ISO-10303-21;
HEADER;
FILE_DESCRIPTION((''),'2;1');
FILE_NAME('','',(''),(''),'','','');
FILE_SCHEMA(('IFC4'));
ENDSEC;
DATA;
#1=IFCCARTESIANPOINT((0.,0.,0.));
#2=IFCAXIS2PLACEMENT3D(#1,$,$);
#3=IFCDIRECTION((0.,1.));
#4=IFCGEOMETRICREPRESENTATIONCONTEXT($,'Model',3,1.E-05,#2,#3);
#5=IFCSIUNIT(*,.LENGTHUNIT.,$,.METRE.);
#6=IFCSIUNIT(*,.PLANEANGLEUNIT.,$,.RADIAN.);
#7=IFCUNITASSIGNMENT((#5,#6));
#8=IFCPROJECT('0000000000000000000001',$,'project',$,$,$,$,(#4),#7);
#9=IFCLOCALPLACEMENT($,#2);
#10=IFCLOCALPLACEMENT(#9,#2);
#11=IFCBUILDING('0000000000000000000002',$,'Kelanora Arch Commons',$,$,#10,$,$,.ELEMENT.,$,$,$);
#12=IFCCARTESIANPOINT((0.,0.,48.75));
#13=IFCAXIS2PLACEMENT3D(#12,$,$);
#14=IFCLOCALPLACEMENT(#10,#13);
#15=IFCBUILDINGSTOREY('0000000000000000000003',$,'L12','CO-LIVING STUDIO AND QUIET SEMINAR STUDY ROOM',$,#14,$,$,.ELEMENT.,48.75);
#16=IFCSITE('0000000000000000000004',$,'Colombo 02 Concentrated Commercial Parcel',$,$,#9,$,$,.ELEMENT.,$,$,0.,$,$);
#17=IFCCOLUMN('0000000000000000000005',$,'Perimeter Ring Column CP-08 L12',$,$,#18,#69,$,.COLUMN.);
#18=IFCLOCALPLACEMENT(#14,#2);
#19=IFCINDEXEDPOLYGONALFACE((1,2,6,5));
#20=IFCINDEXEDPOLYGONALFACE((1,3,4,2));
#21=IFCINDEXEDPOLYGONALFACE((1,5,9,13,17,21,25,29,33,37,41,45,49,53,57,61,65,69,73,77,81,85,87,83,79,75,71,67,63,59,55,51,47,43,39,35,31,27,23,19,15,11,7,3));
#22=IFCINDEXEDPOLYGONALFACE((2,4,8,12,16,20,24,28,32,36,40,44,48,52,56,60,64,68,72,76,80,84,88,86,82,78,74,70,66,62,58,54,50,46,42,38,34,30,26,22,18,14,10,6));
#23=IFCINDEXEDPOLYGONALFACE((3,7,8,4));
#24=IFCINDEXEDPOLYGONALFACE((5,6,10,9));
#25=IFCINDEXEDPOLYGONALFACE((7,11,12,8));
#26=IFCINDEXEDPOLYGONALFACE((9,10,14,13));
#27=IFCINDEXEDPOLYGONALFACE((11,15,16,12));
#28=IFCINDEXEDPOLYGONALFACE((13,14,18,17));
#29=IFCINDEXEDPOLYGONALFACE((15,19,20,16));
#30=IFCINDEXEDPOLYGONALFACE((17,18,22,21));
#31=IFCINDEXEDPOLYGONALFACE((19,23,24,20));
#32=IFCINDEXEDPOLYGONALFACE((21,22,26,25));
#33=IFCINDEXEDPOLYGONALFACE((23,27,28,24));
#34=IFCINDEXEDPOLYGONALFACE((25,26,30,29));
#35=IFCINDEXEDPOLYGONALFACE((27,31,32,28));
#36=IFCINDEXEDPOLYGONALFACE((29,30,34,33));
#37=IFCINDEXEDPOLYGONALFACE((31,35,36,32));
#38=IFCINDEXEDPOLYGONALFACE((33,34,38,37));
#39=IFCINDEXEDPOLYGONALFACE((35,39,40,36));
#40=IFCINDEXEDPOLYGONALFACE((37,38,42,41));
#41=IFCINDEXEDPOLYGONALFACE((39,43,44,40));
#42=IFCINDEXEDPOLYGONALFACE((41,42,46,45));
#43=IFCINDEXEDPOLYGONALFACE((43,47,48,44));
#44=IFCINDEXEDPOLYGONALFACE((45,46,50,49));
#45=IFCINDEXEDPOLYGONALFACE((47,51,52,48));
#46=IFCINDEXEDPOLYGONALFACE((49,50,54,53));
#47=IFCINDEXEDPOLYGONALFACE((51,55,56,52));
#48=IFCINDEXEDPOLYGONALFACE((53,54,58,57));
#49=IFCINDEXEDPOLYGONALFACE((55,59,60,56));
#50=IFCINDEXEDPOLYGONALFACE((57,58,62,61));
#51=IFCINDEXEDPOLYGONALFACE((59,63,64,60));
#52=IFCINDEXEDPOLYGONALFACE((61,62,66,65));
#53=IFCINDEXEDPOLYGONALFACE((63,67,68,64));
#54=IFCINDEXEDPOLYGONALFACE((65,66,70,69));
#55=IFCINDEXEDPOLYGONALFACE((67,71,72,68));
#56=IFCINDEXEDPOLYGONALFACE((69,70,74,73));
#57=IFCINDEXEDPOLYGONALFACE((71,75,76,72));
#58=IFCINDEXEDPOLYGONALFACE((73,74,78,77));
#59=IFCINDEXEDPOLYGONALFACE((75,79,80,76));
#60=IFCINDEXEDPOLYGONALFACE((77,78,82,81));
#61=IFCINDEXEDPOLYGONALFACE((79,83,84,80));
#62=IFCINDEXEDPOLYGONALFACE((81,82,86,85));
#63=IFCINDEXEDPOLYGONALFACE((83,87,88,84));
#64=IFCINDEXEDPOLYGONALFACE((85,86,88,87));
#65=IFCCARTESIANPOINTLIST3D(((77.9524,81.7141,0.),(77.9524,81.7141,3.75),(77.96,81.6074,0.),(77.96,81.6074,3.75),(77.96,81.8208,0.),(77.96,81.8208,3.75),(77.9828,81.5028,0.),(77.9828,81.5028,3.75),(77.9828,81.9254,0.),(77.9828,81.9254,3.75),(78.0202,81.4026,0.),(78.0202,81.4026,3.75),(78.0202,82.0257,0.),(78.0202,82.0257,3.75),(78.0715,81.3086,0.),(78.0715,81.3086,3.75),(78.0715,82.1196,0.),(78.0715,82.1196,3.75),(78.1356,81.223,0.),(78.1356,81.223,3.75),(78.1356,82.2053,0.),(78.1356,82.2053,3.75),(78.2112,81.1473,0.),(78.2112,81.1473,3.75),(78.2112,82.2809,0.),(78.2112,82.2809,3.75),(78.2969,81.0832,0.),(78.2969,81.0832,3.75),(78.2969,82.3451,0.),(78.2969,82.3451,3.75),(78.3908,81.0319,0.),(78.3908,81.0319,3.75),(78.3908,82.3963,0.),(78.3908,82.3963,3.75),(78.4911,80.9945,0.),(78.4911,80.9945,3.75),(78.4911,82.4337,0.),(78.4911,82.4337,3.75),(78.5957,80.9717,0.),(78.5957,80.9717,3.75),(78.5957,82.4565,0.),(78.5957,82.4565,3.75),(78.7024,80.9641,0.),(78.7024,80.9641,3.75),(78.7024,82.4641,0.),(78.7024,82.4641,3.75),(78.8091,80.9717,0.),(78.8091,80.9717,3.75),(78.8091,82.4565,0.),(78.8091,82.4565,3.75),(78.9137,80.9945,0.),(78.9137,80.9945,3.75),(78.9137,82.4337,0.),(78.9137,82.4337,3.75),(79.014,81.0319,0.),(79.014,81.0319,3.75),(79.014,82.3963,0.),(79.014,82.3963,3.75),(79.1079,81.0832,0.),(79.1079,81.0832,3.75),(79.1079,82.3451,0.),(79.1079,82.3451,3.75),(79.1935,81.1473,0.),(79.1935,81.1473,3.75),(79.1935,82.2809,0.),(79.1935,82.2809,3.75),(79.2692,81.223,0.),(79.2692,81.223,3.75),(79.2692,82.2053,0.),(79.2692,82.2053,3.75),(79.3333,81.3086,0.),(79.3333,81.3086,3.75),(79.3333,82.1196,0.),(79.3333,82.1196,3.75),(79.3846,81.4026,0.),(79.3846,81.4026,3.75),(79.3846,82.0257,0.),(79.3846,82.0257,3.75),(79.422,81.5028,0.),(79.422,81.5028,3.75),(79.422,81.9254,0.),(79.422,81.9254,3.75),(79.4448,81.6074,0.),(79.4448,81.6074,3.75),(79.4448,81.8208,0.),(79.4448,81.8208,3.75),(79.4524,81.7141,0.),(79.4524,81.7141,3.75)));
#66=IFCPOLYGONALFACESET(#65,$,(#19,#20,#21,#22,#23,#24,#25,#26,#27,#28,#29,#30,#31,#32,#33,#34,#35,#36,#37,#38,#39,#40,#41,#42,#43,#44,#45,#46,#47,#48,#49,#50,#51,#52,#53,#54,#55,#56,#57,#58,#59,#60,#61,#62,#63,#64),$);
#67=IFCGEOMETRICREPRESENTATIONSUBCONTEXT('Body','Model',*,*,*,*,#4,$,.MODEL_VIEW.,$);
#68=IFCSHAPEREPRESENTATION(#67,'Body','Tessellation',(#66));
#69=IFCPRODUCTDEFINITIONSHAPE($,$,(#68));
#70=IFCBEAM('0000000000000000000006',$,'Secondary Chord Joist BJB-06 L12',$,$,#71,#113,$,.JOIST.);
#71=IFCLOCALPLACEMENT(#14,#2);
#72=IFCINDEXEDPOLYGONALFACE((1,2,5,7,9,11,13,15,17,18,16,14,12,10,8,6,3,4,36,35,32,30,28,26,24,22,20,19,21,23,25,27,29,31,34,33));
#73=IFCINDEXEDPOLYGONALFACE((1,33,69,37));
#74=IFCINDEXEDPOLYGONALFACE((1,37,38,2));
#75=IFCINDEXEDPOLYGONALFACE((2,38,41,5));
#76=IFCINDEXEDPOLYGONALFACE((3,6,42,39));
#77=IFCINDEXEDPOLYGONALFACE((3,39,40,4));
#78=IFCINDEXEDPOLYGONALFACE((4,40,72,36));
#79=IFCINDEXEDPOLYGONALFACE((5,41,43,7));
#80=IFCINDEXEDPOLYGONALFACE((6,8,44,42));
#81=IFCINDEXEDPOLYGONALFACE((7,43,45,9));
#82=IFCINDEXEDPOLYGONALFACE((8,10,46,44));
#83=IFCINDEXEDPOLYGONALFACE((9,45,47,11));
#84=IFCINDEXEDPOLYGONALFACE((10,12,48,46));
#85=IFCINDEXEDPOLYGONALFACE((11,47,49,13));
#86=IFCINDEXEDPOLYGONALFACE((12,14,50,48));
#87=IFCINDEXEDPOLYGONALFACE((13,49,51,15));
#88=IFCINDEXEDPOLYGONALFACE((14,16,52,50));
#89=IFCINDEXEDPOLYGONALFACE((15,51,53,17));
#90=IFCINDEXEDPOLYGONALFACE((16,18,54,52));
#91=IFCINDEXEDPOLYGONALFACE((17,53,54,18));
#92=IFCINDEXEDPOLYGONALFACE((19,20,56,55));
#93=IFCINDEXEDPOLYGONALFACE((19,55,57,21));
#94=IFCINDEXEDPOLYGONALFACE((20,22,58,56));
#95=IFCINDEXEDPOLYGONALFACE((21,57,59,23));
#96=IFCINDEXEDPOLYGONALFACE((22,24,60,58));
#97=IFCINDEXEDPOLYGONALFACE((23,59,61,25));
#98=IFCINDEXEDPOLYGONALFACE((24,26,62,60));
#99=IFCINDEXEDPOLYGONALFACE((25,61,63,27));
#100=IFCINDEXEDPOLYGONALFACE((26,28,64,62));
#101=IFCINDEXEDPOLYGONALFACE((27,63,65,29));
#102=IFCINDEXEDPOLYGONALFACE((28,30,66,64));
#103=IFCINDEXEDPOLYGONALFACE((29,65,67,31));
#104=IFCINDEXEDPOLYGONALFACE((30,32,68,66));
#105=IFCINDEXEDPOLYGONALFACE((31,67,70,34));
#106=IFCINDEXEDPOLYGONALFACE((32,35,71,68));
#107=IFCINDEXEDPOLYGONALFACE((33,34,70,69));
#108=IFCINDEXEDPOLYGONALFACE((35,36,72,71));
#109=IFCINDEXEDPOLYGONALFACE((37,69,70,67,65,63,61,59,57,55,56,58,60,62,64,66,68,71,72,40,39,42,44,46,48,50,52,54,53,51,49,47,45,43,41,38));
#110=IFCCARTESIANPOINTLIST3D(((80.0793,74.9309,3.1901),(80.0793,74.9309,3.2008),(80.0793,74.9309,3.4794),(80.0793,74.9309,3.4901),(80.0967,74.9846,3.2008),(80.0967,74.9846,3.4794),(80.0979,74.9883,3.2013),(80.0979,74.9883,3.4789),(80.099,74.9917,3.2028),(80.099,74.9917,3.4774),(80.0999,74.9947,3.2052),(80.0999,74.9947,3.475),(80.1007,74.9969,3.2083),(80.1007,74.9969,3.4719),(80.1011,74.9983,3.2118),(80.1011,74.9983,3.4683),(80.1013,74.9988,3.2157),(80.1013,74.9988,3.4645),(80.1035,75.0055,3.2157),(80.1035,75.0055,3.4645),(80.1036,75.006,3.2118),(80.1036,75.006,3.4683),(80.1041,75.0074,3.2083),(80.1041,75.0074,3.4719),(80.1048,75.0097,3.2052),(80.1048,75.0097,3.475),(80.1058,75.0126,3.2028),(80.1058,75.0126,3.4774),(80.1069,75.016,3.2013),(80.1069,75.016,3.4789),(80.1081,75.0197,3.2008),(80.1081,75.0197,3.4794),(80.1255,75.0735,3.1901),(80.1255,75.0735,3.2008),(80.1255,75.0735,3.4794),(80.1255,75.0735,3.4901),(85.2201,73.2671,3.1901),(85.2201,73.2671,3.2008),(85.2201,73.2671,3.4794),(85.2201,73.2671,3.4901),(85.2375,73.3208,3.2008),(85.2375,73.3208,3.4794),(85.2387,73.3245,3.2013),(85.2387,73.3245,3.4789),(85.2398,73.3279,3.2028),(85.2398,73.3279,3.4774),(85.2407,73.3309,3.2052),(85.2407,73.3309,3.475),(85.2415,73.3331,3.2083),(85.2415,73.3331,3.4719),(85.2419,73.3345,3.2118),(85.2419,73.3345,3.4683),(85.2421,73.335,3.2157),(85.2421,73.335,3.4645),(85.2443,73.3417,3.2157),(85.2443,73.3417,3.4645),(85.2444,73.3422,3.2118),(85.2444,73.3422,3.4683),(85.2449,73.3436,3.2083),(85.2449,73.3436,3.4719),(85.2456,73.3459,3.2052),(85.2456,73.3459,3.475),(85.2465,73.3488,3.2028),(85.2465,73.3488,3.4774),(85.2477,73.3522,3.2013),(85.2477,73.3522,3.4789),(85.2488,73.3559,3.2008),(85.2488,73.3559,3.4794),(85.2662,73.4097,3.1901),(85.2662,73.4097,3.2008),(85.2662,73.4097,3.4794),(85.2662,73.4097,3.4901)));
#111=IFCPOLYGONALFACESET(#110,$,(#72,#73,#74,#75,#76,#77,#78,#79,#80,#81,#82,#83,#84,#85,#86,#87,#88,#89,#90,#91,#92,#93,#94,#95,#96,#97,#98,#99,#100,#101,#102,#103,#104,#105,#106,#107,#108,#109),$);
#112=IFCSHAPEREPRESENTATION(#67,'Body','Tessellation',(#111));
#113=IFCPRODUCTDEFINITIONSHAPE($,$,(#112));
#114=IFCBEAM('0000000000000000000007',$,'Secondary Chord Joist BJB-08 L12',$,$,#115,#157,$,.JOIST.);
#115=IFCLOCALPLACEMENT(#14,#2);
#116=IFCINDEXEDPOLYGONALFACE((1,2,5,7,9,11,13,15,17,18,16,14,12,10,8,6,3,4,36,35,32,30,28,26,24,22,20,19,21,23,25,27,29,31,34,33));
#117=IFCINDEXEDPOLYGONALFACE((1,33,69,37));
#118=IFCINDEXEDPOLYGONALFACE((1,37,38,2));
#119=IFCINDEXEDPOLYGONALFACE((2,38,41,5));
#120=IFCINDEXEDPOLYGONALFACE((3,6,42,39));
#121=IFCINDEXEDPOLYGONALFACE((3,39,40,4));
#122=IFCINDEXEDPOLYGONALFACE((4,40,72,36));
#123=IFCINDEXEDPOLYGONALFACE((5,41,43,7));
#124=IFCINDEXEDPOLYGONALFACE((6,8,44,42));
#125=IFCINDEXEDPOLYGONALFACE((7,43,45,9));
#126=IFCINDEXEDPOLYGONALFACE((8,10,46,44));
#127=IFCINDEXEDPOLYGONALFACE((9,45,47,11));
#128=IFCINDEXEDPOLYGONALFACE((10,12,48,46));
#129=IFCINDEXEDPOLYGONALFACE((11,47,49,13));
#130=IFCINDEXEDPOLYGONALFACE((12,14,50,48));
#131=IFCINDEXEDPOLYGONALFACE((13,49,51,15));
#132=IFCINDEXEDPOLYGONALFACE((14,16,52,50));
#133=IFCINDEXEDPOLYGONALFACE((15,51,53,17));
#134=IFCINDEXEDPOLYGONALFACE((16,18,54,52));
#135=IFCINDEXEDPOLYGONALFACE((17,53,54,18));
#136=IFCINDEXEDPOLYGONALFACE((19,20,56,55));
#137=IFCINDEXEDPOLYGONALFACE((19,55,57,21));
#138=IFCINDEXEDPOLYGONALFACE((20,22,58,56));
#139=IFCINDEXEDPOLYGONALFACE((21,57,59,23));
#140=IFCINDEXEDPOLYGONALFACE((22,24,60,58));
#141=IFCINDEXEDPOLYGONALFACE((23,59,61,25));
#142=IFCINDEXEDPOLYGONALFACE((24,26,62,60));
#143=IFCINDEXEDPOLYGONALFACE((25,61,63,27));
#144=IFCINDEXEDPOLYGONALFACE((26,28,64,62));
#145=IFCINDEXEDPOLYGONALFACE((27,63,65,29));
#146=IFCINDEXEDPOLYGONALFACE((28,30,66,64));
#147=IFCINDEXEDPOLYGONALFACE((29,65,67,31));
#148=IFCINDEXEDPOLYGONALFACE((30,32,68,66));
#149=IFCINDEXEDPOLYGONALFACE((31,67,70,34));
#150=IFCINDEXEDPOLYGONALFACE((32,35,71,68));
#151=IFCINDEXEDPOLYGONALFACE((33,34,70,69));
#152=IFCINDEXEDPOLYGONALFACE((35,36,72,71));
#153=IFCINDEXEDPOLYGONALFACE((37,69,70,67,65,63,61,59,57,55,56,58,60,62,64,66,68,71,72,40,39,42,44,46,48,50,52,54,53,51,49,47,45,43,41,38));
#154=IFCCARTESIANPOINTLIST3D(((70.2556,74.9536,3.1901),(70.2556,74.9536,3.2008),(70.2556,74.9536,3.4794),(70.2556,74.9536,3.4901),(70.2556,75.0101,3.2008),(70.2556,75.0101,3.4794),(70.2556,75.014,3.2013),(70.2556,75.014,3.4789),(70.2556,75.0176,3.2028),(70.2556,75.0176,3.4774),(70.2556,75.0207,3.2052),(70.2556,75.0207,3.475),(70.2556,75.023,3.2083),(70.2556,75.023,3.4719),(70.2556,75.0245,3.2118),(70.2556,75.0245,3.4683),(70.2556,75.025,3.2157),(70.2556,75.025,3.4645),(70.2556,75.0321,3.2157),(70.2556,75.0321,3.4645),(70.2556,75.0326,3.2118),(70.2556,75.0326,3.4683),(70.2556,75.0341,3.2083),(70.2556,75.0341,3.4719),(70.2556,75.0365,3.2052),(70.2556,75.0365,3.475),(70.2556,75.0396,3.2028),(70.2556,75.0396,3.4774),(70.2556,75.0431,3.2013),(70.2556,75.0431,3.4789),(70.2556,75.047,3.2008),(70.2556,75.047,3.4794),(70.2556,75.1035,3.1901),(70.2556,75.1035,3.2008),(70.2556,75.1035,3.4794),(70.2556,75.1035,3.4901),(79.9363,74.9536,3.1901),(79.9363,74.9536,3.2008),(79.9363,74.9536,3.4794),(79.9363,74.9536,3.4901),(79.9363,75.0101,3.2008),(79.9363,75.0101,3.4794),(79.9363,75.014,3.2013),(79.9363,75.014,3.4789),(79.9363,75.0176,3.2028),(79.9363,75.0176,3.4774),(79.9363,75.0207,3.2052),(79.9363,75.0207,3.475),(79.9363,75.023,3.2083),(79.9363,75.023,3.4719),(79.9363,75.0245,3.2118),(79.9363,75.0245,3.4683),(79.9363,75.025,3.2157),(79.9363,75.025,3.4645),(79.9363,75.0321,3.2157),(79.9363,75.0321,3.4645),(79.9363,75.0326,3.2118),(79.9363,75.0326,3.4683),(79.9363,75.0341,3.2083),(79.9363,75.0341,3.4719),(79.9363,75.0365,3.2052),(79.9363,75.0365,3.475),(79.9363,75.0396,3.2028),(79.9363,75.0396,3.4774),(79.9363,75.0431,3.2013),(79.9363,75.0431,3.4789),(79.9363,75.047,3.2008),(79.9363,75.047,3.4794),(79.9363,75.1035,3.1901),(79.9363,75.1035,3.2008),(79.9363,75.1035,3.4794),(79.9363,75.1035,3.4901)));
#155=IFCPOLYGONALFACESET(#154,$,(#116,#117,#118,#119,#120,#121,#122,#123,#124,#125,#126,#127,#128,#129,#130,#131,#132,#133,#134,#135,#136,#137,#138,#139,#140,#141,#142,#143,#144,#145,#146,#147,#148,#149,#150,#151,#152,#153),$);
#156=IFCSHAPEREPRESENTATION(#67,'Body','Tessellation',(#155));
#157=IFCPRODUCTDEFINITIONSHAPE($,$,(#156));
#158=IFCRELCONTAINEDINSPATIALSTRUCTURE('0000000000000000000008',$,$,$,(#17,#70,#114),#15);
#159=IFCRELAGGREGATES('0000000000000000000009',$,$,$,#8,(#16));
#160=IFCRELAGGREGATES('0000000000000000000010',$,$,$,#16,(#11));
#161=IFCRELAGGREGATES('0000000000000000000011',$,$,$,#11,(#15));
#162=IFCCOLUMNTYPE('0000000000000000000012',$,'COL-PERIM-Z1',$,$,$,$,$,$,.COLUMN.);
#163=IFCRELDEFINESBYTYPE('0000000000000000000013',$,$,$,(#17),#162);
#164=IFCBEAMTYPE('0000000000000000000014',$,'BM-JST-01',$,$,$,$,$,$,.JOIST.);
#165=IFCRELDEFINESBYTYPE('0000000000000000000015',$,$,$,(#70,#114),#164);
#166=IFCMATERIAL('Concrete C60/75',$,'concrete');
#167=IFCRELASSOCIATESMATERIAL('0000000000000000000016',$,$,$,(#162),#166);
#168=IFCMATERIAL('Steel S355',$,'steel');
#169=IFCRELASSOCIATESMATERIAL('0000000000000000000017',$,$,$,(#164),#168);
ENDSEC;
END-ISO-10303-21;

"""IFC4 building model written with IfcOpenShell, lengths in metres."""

from ifc_helpers import new_model, si_unit, direction, frame, origin, origin_2d, place, context, subcontext, project, spatial, circle, i_section, extrude, material, material_profile, profile_set, type_object, element, save


model = new_model("IFC4")

# Units and contexts
model_context = context("Model", 3, precision=1e-05, world=origin(), true_north=direction((0.0, 1.0)))
body_context = subcontext(model_context, "Body", "Model", "MODEL_VIEW")
ifc_project = project(units=[si_unit("LENGTHUNIT", "METRE"), si_unit("PLANEANGLEUNIT", "RADIAN")], contexts=[model_context])

# Site, building, storey
site_placement = place(None, origin())
site = spatial("IfcSite", under=ifc_project, at=site_placement, Name="Colombo 02 Concentrated Commercial Parcel", CompositionType="ELEMENT", RefElevation=0.0)
building_placement = place(site_placement, origin())
building = spatial("IfcBuilding", under=site, at=building_placement, Name="Kelanora Arch Commons", CompositionType="ELEMENT")
storey_placement = place(building_placement, frame((0.0, 0.0, 48.75)))
storey = spatial("IfcBuildingStorey", under=building, at=storey_placement, Name="L12", Description="CO-LIVING STUDIO AND QUIET SEMINAR STUDY ROOM", CompositionType="ELEMENT", Elevation=48.75)

# Column
ifc_material_1 = material(Name="Concrete C60/75", Category="concrete")
ifc_material_profile_1 = material_profile(ifc_material_1, circle(Radius=0.75, at=origin_2d()), Name="RCC1500")
ifc_profile_set_1 = profile_set([ifc_material_profile_1], Name="Concrete C60/75")
column_type = type_object("IfcColumnType", Name="COL-PERIM-Z1", PredefinedType="COLUMN", material=ifc_profile_set_1)
column_placement = place(storey_placement, frame((78.7024, 81.7141, 0.0), z_axis=(0.0, 0.0, 1.0), x_axis=(1.0, 0.0, 0.0)))
element("IfcColumn", 1, at=column_placement, inside=storey, type_object=column_type, Name="Perimeter Ring Column CP-08 L12", PredefinedType="COLUMN", context=body_context, shape_type="SweptSolid", body=[
    extrude(circle(Radius=0.75, at=origin_2d()), origin(), (0.0, 0.0, 1.0), 3.75),
])

# Beams
ifc_material_2 = material(Name="Steel S355", Category="steel")
ifc_material_profile_2 = material_profile(ifc_material_2, i_section(OverallWidth=0.1499, OverallDepth=0.3, WebThickness=0.0071, FlangeThickness=0.0107, FilletRadius=0.0149, at=origin_2d()), Name="IPE300")
ifc_profile_set_2 = profile_set([ifc_material_profile_2], Name="Steel S355")
beam_type_1 = type_object("IfcBeamType", Name="BM-JST-01", PredefinedType="JOIST", material=ifc_profile_set_2)
beam_1_placement = place(storey_placement, frame((85.2432, 73.3384, 3.3401), z_axis=(-0.951412, 0.30792, 0.0), x_axis=(-0.30792, -0.951412, 0.0)))
element("IfcBeam", 2, at=beam_1_placement, inside=storey, type_object=beam_type_1, Name="Secondary Chord Joist BJB-06 L12", PredefinedType="JOIST", context=body_context, shape_type="SweptSolid", body=[
    extrude(i_section(OverallWidth=0.1499, OverallDepth=0.3, WebThickness=0.0071, FlangeThickness=0.0107, FilletRadius=0.0149, at=origin_2d()), origin(), (0.0, 0.0, 1.0), 5.4033),
])
beam_2_placement = place(storey_placement, frame((79.9363, 75.0286, 3.3401), z_axis=(-1.0, 0.0, 0.0), x_axis=(0.0, -1.0, 0.0)))
element("IfcBeam", 3, at=beam_2_placement, inside=storey, type_object=beam_type_1, Name="Secondary Chord Joist BJB-08 L12", PredefinedType="JOIST", context=body_context, shape_type="SweptSolid", body=[
    extrude(i_section(OverallWidth=0.1499, OverallDepth=0.3, WebThickness=0.0071, FlangeThickness=0.0107, FilletRadius=0.0149, at=origin_2d()), origin(), (0.0, 0.0, 1.0), 9.6807),
])

save(model, "model.ifc")
